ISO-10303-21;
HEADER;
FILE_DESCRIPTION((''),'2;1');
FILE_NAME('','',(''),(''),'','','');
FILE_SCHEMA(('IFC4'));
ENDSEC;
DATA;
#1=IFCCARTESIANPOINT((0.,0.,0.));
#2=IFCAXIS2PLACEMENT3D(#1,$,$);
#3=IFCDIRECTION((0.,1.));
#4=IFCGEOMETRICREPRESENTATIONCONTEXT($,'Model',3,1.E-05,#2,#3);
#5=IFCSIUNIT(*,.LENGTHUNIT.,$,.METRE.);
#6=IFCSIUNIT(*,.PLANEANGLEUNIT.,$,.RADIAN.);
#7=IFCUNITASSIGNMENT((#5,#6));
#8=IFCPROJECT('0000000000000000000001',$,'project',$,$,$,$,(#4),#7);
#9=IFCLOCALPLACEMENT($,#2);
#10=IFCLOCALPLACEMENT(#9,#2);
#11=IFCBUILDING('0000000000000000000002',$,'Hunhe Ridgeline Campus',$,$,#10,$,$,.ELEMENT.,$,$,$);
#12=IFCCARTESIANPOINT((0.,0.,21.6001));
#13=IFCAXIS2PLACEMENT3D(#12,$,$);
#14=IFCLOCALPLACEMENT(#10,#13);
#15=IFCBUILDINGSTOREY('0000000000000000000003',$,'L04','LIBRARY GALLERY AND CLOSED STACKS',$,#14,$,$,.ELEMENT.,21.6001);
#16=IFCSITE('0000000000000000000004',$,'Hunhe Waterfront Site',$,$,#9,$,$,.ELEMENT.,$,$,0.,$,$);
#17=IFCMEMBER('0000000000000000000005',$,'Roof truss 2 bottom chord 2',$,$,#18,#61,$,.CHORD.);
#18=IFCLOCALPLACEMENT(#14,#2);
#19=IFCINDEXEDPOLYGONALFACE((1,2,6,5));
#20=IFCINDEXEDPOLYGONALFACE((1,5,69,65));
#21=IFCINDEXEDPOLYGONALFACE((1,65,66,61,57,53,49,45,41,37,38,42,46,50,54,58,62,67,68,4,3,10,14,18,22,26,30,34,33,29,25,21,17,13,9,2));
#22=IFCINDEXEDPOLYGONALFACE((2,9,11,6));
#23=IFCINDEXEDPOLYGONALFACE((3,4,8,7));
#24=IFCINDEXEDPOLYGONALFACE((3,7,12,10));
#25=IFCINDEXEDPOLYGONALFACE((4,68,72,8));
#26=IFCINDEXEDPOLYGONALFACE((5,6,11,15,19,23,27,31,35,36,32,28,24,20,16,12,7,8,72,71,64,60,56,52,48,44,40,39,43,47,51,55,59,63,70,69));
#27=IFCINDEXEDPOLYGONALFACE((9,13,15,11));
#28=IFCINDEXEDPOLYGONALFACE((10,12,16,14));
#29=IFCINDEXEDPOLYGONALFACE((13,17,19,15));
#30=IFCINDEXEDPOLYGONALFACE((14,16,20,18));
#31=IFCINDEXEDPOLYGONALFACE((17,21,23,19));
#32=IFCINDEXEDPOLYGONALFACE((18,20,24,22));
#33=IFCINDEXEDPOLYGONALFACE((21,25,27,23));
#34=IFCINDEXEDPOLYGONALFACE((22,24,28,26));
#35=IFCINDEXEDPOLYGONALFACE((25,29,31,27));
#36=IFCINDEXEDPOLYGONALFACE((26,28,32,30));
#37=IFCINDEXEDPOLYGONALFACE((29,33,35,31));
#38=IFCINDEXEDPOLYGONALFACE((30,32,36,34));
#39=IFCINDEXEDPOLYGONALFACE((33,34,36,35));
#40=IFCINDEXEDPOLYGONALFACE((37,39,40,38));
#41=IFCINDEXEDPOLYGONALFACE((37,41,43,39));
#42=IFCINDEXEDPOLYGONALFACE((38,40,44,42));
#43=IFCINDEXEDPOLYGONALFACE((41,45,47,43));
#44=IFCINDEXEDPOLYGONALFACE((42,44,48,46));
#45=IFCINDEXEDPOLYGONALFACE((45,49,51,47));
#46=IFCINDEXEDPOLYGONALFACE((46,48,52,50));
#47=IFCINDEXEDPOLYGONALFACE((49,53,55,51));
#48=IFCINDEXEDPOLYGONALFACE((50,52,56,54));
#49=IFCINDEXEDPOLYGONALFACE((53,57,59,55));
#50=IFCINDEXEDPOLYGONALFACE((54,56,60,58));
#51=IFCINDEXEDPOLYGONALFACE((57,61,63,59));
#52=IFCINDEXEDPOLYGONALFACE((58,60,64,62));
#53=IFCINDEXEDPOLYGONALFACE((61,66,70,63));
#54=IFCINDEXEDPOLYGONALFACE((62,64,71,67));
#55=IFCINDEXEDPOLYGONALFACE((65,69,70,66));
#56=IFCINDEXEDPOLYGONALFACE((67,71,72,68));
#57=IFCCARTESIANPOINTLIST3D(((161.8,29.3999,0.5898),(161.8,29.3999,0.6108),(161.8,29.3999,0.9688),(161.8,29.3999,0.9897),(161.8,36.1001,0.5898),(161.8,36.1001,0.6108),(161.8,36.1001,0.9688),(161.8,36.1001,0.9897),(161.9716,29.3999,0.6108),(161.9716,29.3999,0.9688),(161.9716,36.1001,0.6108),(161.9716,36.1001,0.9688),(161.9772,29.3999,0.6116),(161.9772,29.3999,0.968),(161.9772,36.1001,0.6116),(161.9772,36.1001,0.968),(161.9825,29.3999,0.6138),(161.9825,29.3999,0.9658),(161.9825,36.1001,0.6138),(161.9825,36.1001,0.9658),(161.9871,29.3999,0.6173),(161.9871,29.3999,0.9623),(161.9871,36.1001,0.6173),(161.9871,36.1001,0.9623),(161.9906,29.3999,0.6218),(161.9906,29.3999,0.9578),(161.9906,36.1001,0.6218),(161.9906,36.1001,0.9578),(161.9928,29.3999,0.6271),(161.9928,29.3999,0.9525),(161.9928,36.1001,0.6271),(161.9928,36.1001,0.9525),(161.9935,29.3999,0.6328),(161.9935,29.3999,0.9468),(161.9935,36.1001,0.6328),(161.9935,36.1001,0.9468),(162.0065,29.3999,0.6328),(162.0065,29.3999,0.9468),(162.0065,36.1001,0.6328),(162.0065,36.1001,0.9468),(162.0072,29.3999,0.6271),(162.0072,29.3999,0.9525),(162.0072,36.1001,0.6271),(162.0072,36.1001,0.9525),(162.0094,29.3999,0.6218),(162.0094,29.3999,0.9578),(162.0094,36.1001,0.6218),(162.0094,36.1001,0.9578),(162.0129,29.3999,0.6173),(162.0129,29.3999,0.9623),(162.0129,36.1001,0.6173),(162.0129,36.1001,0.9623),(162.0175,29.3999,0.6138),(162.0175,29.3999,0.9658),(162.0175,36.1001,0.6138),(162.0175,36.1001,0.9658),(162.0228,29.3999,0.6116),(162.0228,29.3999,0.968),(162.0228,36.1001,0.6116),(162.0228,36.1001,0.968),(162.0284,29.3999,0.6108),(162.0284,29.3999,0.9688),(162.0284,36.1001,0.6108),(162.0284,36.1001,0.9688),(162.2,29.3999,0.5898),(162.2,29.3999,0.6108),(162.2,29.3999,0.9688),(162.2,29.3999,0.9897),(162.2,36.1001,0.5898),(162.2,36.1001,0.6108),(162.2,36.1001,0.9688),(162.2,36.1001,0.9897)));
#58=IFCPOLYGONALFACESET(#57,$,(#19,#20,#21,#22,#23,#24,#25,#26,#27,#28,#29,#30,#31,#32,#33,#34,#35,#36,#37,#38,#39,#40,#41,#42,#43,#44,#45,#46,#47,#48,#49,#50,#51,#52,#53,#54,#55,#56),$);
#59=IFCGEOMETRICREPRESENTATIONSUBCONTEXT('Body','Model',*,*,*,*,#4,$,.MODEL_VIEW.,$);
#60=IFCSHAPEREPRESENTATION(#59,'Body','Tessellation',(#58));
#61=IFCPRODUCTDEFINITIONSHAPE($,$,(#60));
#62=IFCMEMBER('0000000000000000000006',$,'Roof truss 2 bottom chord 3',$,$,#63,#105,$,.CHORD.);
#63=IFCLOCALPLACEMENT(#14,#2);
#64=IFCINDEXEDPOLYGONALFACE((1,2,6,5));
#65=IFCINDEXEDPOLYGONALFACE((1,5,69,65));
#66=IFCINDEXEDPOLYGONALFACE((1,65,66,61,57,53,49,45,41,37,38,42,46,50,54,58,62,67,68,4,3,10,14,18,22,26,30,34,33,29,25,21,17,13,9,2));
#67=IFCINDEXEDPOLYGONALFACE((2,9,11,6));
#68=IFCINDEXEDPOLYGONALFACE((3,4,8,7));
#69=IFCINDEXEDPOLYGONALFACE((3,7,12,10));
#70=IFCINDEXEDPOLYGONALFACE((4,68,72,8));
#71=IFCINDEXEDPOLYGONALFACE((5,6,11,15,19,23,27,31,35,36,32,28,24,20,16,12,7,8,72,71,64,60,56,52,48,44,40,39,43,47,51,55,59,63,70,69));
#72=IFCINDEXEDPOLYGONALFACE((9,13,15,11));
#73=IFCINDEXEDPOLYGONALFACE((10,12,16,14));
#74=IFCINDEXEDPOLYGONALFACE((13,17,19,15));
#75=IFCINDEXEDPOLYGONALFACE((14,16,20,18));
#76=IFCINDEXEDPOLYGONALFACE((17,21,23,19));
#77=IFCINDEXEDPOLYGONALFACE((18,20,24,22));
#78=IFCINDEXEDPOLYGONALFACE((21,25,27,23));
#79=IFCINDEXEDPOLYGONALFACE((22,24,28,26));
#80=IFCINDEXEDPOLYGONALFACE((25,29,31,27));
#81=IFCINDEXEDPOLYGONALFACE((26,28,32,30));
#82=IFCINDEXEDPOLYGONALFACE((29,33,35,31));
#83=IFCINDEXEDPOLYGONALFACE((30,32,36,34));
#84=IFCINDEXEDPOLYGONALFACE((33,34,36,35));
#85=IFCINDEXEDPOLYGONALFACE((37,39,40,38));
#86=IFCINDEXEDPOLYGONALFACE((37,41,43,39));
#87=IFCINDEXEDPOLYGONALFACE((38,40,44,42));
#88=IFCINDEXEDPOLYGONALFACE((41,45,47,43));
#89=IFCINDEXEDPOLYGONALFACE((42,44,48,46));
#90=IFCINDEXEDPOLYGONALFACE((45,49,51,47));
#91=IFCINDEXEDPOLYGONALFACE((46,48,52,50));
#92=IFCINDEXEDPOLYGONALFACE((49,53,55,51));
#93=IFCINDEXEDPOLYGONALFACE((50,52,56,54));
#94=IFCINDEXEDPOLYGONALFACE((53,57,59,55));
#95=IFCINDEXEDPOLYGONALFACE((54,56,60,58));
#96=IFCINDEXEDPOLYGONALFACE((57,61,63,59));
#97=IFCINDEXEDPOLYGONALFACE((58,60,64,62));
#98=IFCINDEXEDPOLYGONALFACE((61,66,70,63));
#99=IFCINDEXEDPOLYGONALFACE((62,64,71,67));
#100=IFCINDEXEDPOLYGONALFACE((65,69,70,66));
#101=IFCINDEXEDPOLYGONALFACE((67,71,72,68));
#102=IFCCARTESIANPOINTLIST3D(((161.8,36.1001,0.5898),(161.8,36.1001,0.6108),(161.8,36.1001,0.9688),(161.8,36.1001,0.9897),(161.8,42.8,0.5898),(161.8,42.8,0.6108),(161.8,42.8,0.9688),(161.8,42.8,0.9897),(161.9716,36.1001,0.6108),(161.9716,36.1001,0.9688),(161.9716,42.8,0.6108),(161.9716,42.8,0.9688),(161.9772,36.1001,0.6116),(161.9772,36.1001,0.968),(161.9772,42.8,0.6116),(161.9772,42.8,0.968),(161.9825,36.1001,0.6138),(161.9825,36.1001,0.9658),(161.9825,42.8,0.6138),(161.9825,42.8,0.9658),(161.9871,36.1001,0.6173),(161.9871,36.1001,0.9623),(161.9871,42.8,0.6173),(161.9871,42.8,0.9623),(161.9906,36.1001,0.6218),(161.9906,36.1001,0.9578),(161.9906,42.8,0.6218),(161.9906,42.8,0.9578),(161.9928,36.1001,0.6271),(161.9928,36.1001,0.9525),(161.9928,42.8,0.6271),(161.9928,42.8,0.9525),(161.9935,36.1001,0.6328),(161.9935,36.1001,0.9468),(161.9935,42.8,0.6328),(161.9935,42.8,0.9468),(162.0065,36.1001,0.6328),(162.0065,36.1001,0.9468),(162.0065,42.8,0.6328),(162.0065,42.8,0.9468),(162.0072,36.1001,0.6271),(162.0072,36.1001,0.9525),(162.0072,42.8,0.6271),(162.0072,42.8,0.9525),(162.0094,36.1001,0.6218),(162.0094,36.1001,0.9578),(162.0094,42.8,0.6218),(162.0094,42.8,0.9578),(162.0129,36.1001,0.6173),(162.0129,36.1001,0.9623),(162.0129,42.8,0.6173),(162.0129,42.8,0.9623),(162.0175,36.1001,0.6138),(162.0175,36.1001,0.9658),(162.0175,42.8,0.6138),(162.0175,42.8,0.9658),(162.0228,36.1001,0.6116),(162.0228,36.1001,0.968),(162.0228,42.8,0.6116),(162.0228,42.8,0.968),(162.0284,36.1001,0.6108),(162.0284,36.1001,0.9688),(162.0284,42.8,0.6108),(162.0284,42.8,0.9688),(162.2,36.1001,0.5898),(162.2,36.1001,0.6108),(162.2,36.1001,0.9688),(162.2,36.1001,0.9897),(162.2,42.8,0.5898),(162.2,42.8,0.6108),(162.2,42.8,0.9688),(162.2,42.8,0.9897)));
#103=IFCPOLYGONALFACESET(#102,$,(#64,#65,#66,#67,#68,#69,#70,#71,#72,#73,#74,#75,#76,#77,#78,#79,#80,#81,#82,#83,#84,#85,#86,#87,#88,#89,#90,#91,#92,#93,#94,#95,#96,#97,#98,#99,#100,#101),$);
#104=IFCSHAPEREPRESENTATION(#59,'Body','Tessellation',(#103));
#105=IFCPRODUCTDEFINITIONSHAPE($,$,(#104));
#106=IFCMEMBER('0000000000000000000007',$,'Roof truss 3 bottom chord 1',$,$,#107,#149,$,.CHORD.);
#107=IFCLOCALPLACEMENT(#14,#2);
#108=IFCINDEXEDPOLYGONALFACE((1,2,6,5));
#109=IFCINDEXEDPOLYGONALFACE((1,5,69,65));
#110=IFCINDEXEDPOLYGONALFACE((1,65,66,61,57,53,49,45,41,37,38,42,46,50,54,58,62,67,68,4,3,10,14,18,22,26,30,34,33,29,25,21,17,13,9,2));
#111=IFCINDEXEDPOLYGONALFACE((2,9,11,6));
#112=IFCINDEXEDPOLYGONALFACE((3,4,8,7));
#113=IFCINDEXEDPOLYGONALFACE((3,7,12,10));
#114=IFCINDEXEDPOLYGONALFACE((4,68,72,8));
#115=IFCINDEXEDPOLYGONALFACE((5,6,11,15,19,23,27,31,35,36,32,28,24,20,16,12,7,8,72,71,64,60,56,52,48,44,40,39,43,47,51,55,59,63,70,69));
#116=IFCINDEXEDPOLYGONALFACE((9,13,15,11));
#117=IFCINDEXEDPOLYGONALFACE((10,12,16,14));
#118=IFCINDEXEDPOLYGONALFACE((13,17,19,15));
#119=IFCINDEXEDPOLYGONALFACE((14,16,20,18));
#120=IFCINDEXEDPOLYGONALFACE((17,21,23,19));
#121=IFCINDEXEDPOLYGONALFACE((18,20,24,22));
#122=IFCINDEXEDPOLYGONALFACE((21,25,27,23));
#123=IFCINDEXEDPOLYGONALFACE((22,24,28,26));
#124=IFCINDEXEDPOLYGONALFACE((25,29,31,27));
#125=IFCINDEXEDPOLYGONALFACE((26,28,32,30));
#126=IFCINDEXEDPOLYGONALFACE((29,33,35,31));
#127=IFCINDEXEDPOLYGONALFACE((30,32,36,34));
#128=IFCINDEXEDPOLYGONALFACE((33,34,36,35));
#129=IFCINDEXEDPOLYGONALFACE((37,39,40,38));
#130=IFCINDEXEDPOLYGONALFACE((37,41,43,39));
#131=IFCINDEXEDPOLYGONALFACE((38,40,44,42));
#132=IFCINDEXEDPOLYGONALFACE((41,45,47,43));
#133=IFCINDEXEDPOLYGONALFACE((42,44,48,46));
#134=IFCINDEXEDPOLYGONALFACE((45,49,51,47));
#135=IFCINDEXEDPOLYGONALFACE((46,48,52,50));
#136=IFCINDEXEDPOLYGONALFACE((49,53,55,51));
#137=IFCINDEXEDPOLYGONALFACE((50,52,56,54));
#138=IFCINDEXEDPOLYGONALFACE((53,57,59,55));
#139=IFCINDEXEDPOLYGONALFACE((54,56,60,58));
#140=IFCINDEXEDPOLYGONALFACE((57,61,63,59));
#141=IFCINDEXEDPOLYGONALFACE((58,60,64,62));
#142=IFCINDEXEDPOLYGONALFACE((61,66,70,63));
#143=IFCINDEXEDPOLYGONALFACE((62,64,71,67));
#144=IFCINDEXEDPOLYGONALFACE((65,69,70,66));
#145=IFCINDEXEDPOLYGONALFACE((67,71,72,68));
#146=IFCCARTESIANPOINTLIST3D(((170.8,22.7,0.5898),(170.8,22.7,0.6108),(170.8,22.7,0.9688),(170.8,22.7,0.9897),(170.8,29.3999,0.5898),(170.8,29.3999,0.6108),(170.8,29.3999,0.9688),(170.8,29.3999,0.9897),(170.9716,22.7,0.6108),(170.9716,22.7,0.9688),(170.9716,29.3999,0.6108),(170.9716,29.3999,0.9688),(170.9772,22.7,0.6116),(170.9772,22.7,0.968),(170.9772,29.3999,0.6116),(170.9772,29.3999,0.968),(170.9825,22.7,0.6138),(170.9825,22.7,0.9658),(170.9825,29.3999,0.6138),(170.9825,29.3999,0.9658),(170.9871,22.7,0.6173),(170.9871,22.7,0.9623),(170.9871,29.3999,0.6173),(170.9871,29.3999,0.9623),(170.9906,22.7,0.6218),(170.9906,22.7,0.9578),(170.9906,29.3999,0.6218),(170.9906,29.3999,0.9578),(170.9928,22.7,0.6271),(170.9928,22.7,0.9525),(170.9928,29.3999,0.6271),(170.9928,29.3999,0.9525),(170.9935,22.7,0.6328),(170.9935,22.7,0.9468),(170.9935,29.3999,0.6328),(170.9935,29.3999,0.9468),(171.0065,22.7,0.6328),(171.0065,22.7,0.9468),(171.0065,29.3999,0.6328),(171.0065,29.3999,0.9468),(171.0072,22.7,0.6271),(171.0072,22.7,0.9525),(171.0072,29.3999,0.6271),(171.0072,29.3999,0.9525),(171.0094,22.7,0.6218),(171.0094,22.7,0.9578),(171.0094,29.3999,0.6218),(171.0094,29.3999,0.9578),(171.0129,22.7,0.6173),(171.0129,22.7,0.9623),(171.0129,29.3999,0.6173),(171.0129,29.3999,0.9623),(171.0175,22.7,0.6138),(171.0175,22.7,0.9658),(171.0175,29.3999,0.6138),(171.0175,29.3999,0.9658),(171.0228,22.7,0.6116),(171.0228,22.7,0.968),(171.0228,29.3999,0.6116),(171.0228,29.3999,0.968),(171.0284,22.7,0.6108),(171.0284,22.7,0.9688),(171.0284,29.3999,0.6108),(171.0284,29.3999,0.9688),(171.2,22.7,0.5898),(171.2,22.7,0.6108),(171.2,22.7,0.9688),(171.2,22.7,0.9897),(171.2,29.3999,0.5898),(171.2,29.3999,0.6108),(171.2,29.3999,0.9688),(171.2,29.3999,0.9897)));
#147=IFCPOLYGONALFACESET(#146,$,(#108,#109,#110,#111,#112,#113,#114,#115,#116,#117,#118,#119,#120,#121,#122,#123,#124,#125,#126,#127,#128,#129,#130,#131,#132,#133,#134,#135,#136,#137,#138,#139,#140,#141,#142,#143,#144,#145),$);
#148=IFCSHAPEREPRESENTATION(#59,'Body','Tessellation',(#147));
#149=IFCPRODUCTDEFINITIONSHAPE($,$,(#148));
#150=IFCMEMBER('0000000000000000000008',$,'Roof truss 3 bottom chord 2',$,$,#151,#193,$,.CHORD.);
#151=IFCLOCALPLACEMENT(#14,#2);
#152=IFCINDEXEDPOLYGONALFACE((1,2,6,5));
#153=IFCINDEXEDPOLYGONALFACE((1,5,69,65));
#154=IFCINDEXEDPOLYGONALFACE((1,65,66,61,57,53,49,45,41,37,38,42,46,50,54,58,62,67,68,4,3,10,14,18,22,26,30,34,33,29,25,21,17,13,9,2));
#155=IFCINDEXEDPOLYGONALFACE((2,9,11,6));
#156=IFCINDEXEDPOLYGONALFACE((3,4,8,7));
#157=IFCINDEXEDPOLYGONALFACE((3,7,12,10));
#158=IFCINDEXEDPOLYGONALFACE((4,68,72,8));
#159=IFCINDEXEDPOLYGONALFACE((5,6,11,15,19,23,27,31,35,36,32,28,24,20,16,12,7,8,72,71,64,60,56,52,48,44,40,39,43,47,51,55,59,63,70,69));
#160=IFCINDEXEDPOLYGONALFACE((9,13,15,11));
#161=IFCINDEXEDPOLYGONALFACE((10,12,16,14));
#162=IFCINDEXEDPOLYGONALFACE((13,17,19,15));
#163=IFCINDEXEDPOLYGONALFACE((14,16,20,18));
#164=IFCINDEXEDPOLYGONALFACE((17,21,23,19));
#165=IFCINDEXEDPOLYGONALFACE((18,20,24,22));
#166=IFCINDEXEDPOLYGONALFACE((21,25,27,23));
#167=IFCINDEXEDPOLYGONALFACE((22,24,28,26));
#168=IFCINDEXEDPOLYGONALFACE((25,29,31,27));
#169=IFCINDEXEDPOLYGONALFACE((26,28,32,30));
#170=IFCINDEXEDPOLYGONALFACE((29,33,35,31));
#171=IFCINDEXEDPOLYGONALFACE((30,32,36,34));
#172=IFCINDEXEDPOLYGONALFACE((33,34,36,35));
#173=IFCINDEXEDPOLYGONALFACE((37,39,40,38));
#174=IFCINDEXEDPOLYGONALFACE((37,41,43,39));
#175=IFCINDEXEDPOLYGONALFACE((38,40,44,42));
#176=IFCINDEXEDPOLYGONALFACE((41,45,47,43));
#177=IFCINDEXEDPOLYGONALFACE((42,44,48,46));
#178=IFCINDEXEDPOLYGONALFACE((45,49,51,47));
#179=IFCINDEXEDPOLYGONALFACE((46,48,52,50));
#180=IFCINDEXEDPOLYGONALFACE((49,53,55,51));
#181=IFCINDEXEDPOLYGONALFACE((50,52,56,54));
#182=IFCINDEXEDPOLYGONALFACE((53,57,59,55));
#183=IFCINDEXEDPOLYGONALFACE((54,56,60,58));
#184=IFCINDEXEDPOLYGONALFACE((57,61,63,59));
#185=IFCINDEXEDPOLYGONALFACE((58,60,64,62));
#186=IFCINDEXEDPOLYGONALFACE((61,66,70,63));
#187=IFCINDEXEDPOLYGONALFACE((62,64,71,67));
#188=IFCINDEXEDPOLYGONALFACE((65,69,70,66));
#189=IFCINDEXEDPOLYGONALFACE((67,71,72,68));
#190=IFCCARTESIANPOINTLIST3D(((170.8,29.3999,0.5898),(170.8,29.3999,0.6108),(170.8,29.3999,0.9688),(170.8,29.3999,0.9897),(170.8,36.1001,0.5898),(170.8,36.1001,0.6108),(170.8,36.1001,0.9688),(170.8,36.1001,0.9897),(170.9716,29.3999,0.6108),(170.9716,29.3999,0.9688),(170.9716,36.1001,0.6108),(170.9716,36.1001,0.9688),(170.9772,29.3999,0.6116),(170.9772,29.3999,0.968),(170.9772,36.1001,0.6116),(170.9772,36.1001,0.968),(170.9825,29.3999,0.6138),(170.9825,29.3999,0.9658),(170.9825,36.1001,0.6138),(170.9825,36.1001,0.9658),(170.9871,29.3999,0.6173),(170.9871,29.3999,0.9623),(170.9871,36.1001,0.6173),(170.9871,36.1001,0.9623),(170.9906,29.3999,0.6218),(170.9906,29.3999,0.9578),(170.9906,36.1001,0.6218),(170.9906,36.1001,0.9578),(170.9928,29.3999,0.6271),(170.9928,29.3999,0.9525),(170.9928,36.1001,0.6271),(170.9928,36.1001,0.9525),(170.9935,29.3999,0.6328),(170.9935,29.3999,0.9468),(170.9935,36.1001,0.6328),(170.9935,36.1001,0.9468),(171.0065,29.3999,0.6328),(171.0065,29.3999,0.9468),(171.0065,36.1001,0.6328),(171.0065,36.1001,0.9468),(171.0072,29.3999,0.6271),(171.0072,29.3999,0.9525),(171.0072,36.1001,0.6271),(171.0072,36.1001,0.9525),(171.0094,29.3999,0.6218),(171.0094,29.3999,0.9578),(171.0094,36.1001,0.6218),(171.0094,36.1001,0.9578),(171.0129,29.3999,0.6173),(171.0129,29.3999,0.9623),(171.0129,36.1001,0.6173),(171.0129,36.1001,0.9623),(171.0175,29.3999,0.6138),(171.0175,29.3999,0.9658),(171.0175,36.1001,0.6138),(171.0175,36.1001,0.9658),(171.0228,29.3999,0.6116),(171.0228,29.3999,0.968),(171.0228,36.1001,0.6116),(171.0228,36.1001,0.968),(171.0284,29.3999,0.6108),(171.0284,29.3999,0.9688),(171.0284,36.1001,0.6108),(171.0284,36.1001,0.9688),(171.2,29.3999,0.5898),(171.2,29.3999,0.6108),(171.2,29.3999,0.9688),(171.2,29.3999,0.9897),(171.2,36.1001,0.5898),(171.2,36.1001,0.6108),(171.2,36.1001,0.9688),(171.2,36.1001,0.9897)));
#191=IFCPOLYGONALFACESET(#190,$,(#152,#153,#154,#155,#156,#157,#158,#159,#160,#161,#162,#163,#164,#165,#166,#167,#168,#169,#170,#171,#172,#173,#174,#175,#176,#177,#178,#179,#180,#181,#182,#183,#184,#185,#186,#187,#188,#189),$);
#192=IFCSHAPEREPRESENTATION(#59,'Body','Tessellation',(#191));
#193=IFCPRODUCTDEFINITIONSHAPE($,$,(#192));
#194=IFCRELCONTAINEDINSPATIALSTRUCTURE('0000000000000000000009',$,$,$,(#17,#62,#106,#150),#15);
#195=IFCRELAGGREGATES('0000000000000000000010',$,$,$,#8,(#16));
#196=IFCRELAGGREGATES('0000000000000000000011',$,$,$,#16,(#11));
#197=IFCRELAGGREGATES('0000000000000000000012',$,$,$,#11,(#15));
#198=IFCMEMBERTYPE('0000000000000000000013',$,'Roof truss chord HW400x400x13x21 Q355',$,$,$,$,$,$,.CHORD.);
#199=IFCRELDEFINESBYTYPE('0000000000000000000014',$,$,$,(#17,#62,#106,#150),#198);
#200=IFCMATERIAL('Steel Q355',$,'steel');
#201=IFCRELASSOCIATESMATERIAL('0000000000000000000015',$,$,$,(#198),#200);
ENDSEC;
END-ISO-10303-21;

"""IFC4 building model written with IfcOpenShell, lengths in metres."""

from ifc_helpers import new_model, si_unit, direction, frame, origin, origin_2d, place, context, subcontext, project, spatial, i_section, extrude, material, material_profile, profile_set, type_object, element, save


model = new_model("IFC4")

# Units and contexts
model_context = context("Model", 3, precision=1e-05, world=origin(), true_north=direction((0.0, 1.0)))
body_context = subcontext(model_context, "Body", "Model", "MODEL_VIEW")
ifc_project = project(units=[si_unit("LENGTHUNIT", "METRE"), si_unit("PLANEANGLEUNIT", "RADIAN")], contexts=[model_context])

# Site, building, storey
site_placement = place(None, origin())
site = spatial("IfcSite", under=ifc_project, at=site_placement, Name="Hunhe Waterfront Site", CompositionType="ELEMENT", RefElevation=0.0)
building_placement = place(site_placement, origin())
building = spatial("IfcBuilding", under=site, at=building_placement, Name="Hunhe Ridgeline Campus", CompositionType="ELEMENT")
storey_placement = place(building_placement, frame((0.0, 0.0, 21.6001)))
storey = spatial("IfcBuildingStorey", under=building, at=storey_placement, Name="L04", Description="LIBRARY GALLERY AND CLOSED STACKS", CompositionType="ELEMENT", Elevation=21.6001)

# Members
ifc_material_1 = material(Name="Steel Q355", Category="steel")
ifc_material_profile_1 = material_profile(ifc_material_1, i_section(OverallWidth=0.3999, OverallDepth=0.3999, WebThickness=0.0129, FlangeThickness=0.021, FilletRadius=0.022, at=origin_2d()))
ifc_profile_set_1 = profile_set([ifc_material_profile_1], Name="Steel Q355")
member_type_1 = type_object("IfcMemberType", Name="Roof truss chord HW400x400x13x21 Q355", PredefinedType="CHORD", material=ifc_profile_set_1)
member_1_placement = place(storey_placement, frame((162.0, 29.3999, 0.7898), z_axis=(0.0, 1.0, 0.0), x_axis=(-1.0, 0.0, 0.0)))
element("IfcMember", 1, at=member_1_placement, inside=storey, type_object=member_type_1, Name="Roof truss 2 bottom chord 2", PredefinedType="CHORD", context=body_context, shape_type="SweptSolid", body=[
    extrude(i_section(OverallWidth=0.3999, OverallDepth=0.3999, WebThickness=0.0129, FlangeThickness=0.021, FilletRadius=0.022, at=origin_2d()), origin(), (0.0, 0.0, 1.0), 6.7002),
])
for number, where, z_axis, x_axis, name in (
    (2, (162.0, 36.1001, 0.7898), (0.0, 1.0, 0.0), (-1.0, 0.0, 0.0), "Roof truss 2 bottom chord 3"),
    (3, (171.0, 22.7, 0.7898), (0.0, 1.0, 0.0), (-1.0, 0.0, 0.0), "Roof truss 3 bottom chord 1"),
):
    element("IfcMember", number, at=place(storey_placement, frame(where, z_axis=z_axis, x_axis=x_axis)), inside=storey, type_object=member_type_1, Name=name, PredefinedType="CHORD", context=body_context, shape_type="SweptSolid", body=[
        extrude(i_section(OverallWidth=0.3999, OverallDepth=0.3999, WebThickness=0.0129, FlangeThickness=0.021, FilletRadius=0.022, at=origin_2d()), origin(), (0.0, 0.0, 1.0), 6.7),
    ])
member_2_placement = place(storey_placement, frame((171.0, 29.3999, 0.7898), z_axis=(0.0, 1.0, 0.0), x_axis=(-1.0, 0.0, 0.0)))
element("IfcMember", 4, at=member_2_placement, inside=storey, type_object=member_type_1, Name="Roof truss 3 bottom chord 2", PredefinedType="CHORD", context=body_context, shape_type="SweptSolid", body=[
    extrude(i_section(OverallWidth=0.3999, OverallDepth=0.3999, WebThickness=0.0129, FlangeThickness=0.021, FilletRadius=0.022, at=origin_2d()), origin(), (0.0, 0.0, 1.0), 6.7002),
])

save(model, "model.ifc")
